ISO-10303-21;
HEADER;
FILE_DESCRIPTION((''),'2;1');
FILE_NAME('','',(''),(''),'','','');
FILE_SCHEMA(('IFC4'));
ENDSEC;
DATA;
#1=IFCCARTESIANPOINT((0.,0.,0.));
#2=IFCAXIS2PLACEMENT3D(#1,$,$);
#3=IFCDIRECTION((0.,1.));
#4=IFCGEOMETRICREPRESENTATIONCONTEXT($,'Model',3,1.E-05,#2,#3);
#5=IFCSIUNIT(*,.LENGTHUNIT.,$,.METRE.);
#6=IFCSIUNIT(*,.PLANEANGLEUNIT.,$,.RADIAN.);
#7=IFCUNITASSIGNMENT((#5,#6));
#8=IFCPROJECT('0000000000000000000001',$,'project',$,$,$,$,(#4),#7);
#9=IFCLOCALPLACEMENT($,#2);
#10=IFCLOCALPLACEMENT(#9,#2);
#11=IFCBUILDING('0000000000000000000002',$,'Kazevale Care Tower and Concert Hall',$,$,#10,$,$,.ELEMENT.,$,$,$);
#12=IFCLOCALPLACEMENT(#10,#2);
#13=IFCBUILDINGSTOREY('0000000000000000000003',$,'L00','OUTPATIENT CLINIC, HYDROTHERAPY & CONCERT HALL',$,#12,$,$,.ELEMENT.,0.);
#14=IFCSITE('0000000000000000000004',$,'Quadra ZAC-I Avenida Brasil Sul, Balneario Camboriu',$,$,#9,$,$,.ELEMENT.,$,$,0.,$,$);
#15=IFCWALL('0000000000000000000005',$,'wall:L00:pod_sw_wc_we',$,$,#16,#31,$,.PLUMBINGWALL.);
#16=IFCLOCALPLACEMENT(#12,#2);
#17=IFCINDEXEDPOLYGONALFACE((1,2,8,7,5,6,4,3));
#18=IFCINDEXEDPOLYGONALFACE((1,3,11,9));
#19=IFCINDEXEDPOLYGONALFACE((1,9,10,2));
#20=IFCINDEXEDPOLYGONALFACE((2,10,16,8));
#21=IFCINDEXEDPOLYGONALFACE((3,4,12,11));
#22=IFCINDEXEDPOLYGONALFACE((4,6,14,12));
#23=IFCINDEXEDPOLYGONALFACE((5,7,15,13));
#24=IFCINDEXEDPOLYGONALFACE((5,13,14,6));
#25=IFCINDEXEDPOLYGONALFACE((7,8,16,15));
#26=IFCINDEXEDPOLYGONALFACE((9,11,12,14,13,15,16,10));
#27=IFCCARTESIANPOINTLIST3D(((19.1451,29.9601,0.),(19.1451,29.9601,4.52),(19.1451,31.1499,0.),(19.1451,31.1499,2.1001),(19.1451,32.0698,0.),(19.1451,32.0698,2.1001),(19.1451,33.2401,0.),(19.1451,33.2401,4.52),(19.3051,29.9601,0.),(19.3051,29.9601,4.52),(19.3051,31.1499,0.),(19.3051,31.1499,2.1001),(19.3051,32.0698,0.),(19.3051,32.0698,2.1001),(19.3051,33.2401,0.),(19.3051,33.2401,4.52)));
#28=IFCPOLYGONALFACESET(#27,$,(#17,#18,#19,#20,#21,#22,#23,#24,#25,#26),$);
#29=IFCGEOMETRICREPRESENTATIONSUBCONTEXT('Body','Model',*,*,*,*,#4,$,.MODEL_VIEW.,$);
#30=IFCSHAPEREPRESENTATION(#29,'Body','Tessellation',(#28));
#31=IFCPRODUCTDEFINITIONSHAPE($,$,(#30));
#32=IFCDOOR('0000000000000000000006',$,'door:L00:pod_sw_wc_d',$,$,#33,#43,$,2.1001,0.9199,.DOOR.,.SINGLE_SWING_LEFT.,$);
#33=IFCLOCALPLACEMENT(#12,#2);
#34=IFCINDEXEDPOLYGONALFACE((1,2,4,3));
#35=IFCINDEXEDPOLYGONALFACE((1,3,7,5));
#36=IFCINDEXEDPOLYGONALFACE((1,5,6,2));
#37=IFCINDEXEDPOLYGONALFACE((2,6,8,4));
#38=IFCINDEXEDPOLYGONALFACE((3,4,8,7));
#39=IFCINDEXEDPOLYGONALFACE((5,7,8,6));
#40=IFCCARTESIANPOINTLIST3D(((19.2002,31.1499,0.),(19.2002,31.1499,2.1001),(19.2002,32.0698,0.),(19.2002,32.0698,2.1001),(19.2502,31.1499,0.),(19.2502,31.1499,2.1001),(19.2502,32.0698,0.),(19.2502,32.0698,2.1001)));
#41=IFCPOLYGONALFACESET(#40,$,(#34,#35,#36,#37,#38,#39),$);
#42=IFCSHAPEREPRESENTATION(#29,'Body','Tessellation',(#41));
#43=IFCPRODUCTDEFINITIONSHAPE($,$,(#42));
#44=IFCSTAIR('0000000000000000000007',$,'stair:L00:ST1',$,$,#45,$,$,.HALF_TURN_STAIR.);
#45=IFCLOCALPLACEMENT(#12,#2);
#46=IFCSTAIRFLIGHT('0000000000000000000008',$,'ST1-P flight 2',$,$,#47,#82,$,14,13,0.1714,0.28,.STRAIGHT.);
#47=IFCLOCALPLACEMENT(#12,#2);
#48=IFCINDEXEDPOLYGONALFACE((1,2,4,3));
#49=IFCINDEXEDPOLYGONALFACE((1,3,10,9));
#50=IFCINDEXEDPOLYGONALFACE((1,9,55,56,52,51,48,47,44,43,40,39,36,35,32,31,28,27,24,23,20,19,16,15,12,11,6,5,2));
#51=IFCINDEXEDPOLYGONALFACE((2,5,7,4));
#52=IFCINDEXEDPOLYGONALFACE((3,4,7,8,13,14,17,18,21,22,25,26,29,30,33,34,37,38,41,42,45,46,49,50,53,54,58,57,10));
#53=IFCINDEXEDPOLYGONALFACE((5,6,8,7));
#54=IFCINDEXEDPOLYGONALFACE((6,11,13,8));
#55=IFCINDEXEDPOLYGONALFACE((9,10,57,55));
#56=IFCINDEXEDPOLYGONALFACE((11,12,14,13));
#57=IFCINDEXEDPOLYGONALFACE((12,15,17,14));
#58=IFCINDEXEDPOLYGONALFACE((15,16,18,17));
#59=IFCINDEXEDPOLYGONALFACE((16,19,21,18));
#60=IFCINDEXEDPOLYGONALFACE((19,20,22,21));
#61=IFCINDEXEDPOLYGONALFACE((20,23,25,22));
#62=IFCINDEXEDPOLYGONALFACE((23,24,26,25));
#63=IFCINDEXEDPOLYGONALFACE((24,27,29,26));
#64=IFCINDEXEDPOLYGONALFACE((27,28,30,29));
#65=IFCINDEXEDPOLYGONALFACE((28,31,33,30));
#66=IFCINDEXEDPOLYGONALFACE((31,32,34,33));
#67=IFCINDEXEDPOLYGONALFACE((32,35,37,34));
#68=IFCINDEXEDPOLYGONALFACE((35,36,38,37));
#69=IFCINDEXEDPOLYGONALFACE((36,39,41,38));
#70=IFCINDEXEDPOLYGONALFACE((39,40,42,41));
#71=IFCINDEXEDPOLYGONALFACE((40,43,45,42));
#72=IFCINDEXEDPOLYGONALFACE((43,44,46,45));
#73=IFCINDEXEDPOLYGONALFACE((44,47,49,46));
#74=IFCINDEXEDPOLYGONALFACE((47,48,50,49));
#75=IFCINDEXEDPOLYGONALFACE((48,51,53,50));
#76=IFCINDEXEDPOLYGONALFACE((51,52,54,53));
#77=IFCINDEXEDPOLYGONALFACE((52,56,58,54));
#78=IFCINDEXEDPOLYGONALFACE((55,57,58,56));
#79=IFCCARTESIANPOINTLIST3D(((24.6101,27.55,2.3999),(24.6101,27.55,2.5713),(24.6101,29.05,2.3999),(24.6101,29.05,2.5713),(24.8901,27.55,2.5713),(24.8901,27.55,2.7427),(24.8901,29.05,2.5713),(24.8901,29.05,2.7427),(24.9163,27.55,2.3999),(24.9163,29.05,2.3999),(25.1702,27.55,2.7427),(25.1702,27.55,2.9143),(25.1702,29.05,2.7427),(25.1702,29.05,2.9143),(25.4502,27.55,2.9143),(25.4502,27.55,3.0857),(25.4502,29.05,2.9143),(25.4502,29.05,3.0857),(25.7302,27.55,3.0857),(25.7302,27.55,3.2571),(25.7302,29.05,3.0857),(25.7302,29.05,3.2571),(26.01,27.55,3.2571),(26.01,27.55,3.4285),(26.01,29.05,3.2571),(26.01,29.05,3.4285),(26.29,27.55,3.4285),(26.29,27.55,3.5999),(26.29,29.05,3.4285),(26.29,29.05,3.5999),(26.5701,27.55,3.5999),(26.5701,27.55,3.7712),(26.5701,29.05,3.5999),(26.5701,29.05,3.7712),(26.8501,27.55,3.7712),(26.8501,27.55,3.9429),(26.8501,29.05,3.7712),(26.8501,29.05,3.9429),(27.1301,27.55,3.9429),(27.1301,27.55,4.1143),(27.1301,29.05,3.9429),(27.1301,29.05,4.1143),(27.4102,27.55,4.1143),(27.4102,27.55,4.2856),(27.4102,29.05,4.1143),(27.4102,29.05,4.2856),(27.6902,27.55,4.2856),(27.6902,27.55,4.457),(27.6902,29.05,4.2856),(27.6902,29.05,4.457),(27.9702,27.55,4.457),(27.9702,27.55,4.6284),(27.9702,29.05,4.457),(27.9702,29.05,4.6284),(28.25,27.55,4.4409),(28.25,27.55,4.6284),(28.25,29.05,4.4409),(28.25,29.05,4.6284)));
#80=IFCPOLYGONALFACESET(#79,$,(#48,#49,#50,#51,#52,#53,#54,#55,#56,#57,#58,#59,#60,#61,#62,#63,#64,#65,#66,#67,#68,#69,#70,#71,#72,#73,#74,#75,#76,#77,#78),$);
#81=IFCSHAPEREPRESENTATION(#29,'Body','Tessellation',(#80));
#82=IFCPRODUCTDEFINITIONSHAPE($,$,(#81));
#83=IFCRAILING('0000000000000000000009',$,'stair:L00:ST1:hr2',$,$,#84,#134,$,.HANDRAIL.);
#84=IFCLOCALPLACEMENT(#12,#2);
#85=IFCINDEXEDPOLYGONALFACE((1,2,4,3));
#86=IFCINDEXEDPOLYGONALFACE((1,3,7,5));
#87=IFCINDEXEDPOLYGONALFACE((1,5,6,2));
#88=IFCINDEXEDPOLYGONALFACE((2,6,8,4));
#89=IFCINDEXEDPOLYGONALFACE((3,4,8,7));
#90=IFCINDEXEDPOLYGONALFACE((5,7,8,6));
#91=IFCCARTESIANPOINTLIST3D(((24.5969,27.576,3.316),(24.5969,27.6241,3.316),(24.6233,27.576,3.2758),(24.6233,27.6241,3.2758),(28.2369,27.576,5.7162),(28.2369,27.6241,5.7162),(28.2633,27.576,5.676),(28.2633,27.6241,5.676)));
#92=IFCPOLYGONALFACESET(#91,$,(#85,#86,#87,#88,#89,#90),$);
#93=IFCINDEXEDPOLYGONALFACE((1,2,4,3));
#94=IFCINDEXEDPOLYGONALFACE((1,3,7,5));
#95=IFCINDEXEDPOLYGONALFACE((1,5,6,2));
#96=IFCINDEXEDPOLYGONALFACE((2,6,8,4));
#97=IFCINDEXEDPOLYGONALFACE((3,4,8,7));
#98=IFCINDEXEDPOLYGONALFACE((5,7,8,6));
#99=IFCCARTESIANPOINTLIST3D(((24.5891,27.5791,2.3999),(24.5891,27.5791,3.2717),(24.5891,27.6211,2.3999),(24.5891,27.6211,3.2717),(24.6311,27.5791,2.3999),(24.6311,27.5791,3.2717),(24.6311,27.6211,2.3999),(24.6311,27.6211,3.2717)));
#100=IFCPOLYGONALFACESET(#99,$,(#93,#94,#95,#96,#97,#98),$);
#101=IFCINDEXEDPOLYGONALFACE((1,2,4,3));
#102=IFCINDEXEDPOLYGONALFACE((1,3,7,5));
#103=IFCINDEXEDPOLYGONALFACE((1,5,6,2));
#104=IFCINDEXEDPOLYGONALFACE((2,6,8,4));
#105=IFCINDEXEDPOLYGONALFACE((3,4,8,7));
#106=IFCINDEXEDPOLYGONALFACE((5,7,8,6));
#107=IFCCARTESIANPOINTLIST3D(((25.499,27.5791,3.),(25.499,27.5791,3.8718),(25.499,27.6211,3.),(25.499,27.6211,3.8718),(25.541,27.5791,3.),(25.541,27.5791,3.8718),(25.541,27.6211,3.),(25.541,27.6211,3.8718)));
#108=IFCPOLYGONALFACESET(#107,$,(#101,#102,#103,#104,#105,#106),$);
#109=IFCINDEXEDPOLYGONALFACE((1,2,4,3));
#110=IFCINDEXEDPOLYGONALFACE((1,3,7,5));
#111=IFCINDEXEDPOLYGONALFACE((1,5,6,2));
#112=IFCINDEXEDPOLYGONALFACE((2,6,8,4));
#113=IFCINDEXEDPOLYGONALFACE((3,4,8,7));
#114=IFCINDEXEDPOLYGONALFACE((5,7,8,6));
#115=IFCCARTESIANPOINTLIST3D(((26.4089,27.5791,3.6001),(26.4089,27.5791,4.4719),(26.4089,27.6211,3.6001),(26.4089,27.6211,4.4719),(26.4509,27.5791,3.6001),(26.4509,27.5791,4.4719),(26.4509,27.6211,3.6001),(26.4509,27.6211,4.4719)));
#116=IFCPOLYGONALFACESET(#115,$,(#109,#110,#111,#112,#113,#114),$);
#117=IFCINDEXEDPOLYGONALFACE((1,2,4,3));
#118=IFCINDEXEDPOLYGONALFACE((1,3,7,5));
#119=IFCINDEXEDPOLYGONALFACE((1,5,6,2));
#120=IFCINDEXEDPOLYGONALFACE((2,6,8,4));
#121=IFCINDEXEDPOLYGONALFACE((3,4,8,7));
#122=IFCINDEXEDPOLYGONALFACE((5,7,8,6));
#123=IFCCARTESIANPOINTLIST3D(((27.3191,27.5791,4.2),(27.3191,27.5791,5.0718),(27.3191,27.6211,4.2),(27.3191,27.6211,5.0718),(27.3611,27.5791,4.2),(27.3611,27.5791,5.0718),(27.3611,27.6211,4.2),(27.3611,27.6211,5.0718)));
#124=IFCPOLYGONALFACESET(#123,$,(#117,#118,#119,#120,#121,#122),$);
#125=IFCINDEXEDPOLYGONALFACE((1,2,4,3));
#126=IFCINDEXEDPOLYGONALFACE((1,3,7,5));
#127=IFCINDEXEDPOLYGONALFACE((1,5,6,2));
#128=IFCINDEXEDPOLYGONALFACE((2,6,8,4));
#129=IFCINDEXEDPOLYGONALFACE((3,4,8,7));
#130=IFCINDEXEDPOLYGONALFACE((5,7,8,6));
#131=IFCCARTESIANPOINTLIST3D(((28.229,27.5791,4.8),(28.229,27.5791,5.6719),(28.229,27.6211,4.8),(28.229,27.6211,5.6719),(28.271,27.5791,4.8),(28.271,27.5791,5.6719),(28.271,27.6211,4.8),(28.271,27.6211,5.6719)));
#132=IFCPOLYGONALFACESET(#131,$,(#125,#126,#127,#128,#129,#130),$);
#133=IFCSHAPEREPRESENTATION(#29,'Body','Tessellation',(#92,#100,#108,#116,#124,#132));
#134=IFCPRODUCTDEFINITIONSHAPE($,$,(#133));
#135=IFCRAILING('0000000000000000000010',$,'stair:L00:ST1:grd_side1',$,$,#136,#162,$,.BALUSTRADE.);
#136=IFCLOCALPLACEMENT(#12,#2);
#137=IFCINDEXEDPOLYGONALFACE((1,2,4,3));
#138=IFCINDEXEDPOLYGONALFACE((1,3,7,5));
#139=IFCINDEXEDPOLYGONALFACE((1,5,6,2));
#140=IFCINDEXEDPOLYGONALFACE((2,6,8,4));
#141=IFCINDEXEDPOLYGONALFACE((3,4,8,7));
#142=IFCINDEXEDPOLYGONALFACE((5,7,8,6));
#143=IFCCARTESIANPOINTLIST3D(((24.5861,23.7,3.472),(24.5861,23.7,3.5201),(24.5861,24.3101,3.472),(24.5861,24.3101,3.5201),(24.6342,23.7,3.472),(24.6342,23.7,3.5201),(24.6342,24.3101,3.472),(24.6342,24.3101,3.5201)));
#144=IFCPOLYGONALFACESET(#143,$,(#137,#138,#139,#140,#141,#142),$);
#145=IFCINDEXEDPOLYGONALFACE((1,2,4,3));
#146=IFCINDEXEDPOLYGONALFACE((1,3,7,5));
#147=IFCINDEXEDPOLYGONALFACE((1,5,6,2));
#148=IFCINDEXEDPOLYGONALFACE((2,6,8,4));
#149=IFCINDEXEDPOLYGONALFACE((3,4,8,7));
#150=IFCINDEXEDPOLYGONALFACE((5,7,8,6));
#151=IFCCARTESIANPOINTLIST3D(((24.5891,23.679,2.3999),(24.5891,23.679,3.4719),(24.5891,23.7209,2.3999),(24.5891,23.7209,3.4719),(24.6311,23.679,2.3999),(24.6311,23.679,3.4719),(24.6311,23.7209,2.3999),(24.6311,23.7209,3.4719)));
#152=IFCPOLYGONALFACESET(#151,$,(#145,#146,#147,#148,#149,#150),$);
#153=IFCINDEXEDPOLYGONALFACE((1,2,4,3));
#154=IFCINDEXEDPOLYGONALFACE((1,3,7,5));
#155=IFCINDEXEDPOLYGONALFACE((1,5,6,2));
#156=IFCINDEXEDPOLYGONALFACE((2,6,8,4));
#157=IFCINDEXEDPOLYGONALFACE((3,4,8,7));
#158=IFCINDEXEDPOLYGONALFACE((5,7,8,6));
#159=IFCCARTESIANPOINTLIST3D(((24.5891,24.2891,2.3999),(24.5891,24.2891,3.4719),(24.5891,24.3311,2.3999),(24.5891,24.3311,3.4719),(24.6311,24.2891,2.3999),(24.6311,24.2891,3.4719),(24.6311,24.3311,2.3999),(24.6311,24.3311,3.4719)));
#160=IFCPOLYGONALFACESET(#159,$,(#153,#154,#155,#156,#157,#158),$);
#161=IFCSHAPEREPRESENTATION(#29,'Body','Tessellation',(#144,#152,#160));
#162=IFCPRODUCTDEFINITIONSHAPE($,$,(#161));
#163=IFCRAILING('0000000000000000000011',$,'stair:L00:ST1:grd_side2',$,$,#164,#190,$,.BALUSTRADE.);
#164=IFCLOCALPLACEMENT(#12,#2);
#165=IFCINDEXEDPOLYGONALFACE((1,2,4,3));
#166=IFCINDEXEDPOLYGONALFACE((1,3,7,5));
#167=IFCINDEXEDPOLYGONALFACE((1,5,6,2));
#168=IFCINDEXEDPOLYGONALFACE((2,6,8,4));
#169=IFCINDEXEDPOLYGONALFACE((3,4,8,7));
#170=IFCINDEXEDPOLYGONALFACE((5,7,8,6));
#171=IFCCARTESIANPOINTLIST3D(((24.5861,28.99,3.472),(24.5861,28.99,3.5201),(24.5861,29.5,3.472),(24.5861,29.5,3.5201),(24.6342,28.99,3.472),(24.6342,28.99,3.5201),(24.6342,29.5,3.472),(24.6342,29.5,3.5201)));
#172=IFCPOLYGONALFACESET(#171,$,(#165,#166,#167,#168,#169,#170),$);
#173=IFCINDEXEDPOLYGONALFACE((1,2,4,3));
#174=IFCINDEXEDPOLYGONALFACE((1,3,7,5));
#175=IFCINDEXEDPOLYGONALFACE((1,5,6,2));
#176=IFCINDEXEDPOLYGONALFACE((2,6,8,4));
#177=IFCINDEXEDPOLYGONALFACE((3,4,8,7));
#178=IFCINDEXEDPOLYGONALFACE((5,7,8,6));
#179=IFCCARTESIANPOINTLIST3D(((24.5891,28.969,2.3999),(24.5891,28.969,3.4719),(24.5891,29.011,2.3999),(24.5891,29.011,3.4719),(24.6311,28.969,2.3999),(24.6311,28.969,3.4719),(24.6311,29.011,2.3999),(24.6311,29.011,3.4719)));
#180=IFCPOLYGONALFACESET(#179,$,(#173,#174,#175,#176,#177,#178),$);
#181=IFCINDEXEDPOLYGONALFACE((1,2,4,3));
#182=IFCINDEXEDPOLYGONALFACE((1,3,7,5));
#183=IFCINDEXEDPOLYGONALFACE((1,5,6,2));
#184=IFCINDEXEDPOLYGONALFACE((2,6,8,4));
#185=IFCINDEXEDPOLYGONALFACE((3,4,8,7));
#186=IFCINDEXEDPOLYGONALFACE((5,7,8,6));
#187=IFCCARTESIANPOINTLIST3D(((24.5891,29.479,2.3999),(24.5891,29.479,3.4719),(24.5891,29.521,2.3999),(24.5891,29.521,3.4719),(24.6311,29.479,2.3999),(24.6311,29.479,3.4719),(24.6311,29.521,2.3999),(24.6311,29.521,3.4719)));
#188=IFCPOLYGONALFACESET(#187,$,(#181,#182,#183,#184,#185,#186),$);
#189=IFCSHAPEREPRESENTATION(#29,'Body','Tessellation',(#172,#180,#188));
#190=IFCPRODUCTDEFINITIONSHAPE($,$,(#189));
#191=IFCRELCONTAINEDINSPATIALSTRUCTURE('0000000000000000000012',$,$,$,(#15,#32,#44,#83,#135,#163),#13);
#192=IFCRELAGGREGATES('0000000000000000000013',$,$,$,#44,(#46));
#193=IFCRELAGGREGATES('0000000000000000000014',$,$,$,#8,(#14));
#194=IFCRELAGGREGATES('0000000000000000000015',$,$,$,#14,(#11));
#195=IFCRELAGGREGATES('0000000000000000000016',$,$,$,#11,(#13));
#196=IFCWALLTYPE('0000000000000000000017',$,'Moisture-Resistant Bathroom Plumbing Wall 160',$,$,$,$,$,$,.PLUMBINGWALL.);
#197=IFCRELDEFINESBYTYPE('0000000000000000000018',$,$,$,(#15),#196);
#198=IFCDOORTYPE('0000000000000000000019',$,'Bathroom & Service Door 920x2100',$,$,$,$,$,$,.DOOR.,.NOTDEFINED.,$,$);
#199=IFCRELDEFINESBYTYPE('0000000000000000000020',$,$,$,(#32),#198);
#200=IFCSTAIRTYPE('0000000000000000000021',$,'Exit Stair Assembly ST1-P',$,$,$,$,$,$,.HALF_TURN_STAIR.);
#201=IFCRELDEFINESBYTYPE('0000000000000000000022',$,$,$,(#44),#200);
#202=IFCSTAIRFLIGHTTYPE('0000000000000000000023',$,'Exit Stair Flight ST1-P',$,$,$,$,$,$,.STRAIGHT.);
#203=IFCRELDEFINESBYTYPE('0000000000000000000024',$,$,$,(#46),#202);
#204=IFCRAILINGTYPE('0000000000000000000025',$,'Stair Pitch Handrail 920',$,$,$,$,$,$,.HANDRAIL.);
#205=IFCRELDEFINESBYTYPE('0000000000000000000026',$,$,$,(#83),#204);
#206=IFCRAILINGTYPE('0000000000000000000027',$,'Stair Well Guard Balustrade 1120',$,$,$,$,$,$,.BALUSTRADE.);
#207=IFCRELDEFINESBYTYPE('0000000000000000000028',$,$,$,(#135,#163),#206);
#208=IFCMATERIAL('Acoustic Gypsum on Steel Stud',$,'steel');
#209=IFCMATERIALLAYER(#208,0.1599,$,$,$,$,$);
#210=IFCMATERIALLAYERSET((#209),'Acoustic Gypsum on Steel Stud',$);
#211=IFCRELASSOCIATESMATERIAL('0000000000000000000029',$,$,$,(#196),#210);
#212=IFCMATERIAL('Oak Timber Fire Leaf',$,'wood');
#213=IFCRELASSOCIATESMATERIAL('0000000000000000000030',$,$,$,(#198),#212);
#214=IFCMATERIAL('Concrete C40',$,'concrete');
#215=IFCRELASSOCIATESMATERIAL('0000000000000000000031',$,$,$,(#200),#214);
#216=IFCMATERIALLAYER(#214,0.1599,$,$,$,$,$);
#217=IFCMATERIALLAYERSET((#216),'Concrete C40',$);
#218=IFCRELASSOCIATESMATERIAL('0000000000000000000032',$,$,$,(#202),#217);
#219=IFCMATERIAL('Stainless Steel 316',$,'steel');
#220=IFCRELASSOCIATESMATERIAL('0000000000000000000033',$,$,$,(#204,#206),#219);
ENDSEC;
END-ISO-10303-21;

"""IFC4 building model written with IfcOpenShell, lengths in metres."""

from ifc_helpers import new_model, si_unit, direction, frame, frame_2d, origin, origin_2d, place, context, subcontext, project, spatial, polyline, rectangle, outline, extrude, material, layer, layer_set, type_object, element, fill, aggregate, save


model = new_model("IFC4")

# Units and contexts
model_context = context("Model", 3, precision=1e-05, world=origin(), true_north=direction((0.0, 1.0)))
body_context = subcontext(model_context, "Body", "Model", "MODEL_VIEW")
ifc_project = project(units=[si_unit("LENGTHUNIT", "METRE"), si_unit("PLANEANGLEUNIT", "RADIAN")], contexts=[model_context])

# Site, building, storey
site_placement = place(None, origin())
site = spatial("IfcSite", under=ifc_project, at=site_placement, Name="Quadra ZAC-I Avenida Brasil Sul, Balneario Camboriu", CompositionType="ELEMENT", RefElevation=0.0)
building_placement = place(site_placement, origin())
building = spatial("IfcBuilding", under=site, at=building_placement, Name="Kazevale Care Tower and Concert Hall", CompositionType="ELEMENT")
storey_placement = place(building_placement, origin())
storey = spatial("IfcBuildingStorey", under=building, at=storey_placement, Name="L00", Description="OUTPATIENT CLINIC, HYDROTHERAPY & CONCERT HALL", CompositionType="ELEMENT", Elevation=0.0)

# Shared definitions
ifc_material_1 = material(Name="Acoustic Gypsum on Steel Stud", Category="steel")
ifc_material_2 = material(Name="Oak Timber Fire Leaf", Category="wood")

# Shared definitions
ifc_material_3 = material(Name="Concrete C40", Category="concrete")
ifc_layer_1 = layer(ifc_material_1, 0.1599)
ifc_layer_set_1 = layer_set([ifc_layer_1], Name="Acoustic Gypsum on Steel Stud")
wall_type_1 = type_object("IfcWallType", Name="Moisture-Resistant Bathroom Plumbing Wall 160", PredefinedType="PLUMBINGWALL", material=ifc_layer_set_1)

# Wall, opening, door
wall_1_placement = place(storey_placement, frame((19.2251, 29.96, 0.0), z_axis=(0.0, 0.0, 1.0), x_axis=(0.0, 1.0, 0.0)))
wall_1 = element("IfcWall", 1, at=wall_1_placement, inside=storey, type_object=wall_type_1, Name="wall:L00:pod_sw_wc_we", PredefinedType="PLUMBINGWALL", context=body_context, shape_type="SweptSolid", body=[
    extrude(rectangle(XDim=3.28, YDim=0.1599, at=frame_2d((1.6401, 0.0))), origin(), (0.0, 0.0, 1.0), 4.52),
])
opening_1_placement = place(wall_1_placement, frame((1.1899, 0.0, 0.0)))
opening_1 = element("IfcOpeningElement", 2, at=opening_1_placement, cuts=wall_1, PredefinedType="OPENING", context=body_context, shape_type="SweptSolid", body=[
    extrude(rectangle(XDim=0.9199, YDim=2.1001, at=frame_2d((0.46, 1.05))), frame((0.0, 0.0898, 0.0), z_axis=(0.0, -1.0, 0.0), x_axis=(1.0, 0.0, 0.0)), (0.0, 0.0, 1.0), 0.1799),
])
door_type_1 = type_object("IfcDoorType", Name="Bathroom & Service Door 920x2100", OperationType="NOTDEFINED", PredefinedType="DOOR", material=ifc_material_2)
door_1_placement = place(opening_1_placement, origin())
door_1 = element("IfcDoor", 3, at=door_1_placement, inside=storey, type_object=door_type_1, Name="door:L00:pod_sw_wc_d", OperationType="SINGLE_SWING_LEFT", OverallHeight=2.1001, OverallWidth=0.9199, PredefinedType="DOOR", context=body_context, shape_type="SweptSolid", body=[
    extrude(rectangle(XDim=0.9199, YDim=2.1001, at=frame_2d((0.46, 1.05))), frame((0.0, 0.0249, 0.0), z_axis=(0.0, -1.0, 0.0), x_axis=(1.0, 0.0, 0.0)), (0.0, 0.0, 1.0), 0.05),
])
fill(opening_1, door_1)

# Stair, stair flight
stair_type = type_object("IfcStairType", Name="Exit Stair Assembly ST1-P", PredefinedType="HALF_TURN_STAIR", material=ifc_material_3)
stair_placement = place(storey_placement, origin())
stair = element("IfcStair", 4, at=stair_placement, inside=storey, type_object=stair_type, Name="stair:L00:ST1", PredefinedType="HALF_TURN_STAIR")
ifc_layer_2 = layer(ifc_material_3, 0.1599)
ifc_layer_set_2 = layer_set([ifc_layer_2], Name="Concrete C40")
stair_flight_type = type_object("IfcStairFlightType", Name="Exit Stair Flight ST1-P", PredefinedType="STRAIGHT", material=ifc_layer_set_2)
stair_flight_placement = place(storey_placement, frame((24.6101, 28.3, 2.3999), z_axis=(0.0, 0.0, 1.0), x_axis=(1.0, 0.0, 0.0)))
stair_flight = element("IfcStairFlight", 5, at=stair_flight_placement, type_object=stair_flight_type, Name="ST1-P flight 2", NumberOfRisers=14, NumberOfTreads=13, PredefinedType="STRAIGHT", RiserHeight=0.1714, TreadLength=0.28, context=body_context, shape_type="SweptSolid", body=[
    extrude(outline(polyline([(0.0, 0.0), (0.0, 0.1714), (0.28, 0.1714), (0.28, 0.3428), (0.5601, 0.3428), (0.5601, 0.5144), (0.8401, 0.5144), (0.8401, 0.6858), (1.1201, 0.6858), (1.1201, 0.8572), (1.3999, 0.8572), (1.3999, 1.0286), (1.6799, 1.0286), (1.6799, 1.2), (1.96, 1.2), (1.96, 1.3713), (2.24, 1.3713), (2.24, 1.543), (2.52, 1.543), (2.52, 1.7144), (2.8, 1.7144), (2.8, 1.8857), (3.0801, 1.8857), (3.0801, 2.0571), (3.3601, 2.0571), (3.3601, 2.2285), (3.6399, 2.2285), (3.6399, 2.3999), (3.6399, 2.041), (0.3062, 0.0), (0.0, 0.0)])), frame((0.0, 0.75, 0.0), z_axis=(0.0, -1.0, 0.0), x_axis=(1.0, 0.0, 0.0)), (0.0, 0.0, 1.0), 1.5),
])
aggregate(stair, [stair_flight])

# Railings
ifc_material_4 = material(Name="Stainless Steel 316", Category="steel")
railing_type_1 = type_object("IfcRailingType", Name="Stair Pitch Handrail 920", PredefinedType="HANDRAIL", material=ifc_material_4)
railing_1_placement = place(storey_placement, frame((24.6101, 27.6001, 2.3999)))
element("IfcRailing", 6, at=railing_1_placement, inside=storey, type_object=railing_type_1, Name="stair:L00:ST1:hr2", PredefinedType="HANDRAIL", context=body_context, shape_type="SweptSolid", body=[
    extrude(rectangle(XDim=0.0481, YDim=0.0481, at=origin_2d()), frame((0.0, 0.0, 0.896), z_axis=(0.834839, 0.0, 0.550493), x_axis=(0.0, 1.0, 0.0)), (0.0, 0.0, 1.0), 4.3601),
    extrude(rectangle(XDim=0.042, YDim=0.042, at=origin_2d()), origin(), (0.0, 0.0, 1.0), 0.8718),
    extrude(rectangle(XDim=0.042, YDim=0.042, at=origin_2d()), frame((0.9099, 0.0, 0.6001)), (0.0, 0.0, 1.0), 0.8718),
    extrude(rectangle(XDim=0.042, YDim=0.042, at=origin_2d()), frame((1.8198, 0.0, 1.2002)), (0.0, 0.0, 1.0), 0.8718),
    extrude(rectangle(XDim=0.042, YDim=0.042, at=origin_2d()), frame((2.73, 0.0, 1.8)), (0.0, 0.0, 1.0), 0.8718),
    extrude(rectangle(XDim=0.042, YDim=0.042, at=origin_2d()), frame((3.6399, 0.0, 2.4001)), (0.0, 0.0, 1.0), 0.8718),
])
railing_type_2 = type_object("IfcRailingType", Name="Stair Well Guard Balustrade 1120", PredefinedType="BALUSTRADE", material=ifc_material_4)
railing_2_placement = place(storey_placement, frame((24.6101, 23.7, 2.3999)))
element("IfcRailing", 7, at=railing_2_placement, inside=storey, type_object=railing_type_2, Name="stair:L00:ST1:grd_side1", PredefinedType="BALUSTRADE", context=body_context, shape_type="SweptSolid", body=[
    extrude(rectangle(XDim=0.0481, YDim=0.0481, at=origin_2d()), frame((0.0, 0.0, 1.0962), z_axis=(0.0, 1.0, 0.0), x_axis=(-1.0, 0.0, 0.0)), (0.0, 0.0, 1.0), 0.6101),
    extrude(rectangle(XDim=0.042, YDim=0.042, at=origin_2d()), origin(), (0.0, 0.0, 1.0), 1.072),
    extrude(rectangle(XDim=0.042, YDim=0.042, at=origin_2d()), frame((0.0, 0.6101, 0.0)), (0.0, 0.0, 1.0), 1.072),
])
railing_3_placement = place(storey_placement, frame((24.6101, 28.99, 2.3999)))
element("IfcRailing", 8, at=railing_3_placement, inside=storey, type_object=railing_type_2, Name="stair:L00:ST1:grd_side2", PredefinedType="BALUSTRADE", context=body_context, shape_type="SweptSolid", body=[
    extrude(rectangle(XDim=0.0481, YDim=0.0481, at=origin_2d()), frame((0.0, 0.0, 1.0962), z_axis=(0.0, 1.0, 0.0), x_axis=(-1.0, 0.0, 0.0)), (0.0, 0.0, 1.0), 0.51),
    extrude(rectangle(XDim=0.042, YDim=0.042, at=origin_2d()), origin(), (0.0, 0.0, 1.0), 1.072),
    extrude(rectangle(XDim=0.042, YDim=0.042, at=origin_2d()), frame((0.0, 0.51, 0.0)), (0.0, 0.0, 1.0), 1.072),
])

save(model, "model.ifc")
